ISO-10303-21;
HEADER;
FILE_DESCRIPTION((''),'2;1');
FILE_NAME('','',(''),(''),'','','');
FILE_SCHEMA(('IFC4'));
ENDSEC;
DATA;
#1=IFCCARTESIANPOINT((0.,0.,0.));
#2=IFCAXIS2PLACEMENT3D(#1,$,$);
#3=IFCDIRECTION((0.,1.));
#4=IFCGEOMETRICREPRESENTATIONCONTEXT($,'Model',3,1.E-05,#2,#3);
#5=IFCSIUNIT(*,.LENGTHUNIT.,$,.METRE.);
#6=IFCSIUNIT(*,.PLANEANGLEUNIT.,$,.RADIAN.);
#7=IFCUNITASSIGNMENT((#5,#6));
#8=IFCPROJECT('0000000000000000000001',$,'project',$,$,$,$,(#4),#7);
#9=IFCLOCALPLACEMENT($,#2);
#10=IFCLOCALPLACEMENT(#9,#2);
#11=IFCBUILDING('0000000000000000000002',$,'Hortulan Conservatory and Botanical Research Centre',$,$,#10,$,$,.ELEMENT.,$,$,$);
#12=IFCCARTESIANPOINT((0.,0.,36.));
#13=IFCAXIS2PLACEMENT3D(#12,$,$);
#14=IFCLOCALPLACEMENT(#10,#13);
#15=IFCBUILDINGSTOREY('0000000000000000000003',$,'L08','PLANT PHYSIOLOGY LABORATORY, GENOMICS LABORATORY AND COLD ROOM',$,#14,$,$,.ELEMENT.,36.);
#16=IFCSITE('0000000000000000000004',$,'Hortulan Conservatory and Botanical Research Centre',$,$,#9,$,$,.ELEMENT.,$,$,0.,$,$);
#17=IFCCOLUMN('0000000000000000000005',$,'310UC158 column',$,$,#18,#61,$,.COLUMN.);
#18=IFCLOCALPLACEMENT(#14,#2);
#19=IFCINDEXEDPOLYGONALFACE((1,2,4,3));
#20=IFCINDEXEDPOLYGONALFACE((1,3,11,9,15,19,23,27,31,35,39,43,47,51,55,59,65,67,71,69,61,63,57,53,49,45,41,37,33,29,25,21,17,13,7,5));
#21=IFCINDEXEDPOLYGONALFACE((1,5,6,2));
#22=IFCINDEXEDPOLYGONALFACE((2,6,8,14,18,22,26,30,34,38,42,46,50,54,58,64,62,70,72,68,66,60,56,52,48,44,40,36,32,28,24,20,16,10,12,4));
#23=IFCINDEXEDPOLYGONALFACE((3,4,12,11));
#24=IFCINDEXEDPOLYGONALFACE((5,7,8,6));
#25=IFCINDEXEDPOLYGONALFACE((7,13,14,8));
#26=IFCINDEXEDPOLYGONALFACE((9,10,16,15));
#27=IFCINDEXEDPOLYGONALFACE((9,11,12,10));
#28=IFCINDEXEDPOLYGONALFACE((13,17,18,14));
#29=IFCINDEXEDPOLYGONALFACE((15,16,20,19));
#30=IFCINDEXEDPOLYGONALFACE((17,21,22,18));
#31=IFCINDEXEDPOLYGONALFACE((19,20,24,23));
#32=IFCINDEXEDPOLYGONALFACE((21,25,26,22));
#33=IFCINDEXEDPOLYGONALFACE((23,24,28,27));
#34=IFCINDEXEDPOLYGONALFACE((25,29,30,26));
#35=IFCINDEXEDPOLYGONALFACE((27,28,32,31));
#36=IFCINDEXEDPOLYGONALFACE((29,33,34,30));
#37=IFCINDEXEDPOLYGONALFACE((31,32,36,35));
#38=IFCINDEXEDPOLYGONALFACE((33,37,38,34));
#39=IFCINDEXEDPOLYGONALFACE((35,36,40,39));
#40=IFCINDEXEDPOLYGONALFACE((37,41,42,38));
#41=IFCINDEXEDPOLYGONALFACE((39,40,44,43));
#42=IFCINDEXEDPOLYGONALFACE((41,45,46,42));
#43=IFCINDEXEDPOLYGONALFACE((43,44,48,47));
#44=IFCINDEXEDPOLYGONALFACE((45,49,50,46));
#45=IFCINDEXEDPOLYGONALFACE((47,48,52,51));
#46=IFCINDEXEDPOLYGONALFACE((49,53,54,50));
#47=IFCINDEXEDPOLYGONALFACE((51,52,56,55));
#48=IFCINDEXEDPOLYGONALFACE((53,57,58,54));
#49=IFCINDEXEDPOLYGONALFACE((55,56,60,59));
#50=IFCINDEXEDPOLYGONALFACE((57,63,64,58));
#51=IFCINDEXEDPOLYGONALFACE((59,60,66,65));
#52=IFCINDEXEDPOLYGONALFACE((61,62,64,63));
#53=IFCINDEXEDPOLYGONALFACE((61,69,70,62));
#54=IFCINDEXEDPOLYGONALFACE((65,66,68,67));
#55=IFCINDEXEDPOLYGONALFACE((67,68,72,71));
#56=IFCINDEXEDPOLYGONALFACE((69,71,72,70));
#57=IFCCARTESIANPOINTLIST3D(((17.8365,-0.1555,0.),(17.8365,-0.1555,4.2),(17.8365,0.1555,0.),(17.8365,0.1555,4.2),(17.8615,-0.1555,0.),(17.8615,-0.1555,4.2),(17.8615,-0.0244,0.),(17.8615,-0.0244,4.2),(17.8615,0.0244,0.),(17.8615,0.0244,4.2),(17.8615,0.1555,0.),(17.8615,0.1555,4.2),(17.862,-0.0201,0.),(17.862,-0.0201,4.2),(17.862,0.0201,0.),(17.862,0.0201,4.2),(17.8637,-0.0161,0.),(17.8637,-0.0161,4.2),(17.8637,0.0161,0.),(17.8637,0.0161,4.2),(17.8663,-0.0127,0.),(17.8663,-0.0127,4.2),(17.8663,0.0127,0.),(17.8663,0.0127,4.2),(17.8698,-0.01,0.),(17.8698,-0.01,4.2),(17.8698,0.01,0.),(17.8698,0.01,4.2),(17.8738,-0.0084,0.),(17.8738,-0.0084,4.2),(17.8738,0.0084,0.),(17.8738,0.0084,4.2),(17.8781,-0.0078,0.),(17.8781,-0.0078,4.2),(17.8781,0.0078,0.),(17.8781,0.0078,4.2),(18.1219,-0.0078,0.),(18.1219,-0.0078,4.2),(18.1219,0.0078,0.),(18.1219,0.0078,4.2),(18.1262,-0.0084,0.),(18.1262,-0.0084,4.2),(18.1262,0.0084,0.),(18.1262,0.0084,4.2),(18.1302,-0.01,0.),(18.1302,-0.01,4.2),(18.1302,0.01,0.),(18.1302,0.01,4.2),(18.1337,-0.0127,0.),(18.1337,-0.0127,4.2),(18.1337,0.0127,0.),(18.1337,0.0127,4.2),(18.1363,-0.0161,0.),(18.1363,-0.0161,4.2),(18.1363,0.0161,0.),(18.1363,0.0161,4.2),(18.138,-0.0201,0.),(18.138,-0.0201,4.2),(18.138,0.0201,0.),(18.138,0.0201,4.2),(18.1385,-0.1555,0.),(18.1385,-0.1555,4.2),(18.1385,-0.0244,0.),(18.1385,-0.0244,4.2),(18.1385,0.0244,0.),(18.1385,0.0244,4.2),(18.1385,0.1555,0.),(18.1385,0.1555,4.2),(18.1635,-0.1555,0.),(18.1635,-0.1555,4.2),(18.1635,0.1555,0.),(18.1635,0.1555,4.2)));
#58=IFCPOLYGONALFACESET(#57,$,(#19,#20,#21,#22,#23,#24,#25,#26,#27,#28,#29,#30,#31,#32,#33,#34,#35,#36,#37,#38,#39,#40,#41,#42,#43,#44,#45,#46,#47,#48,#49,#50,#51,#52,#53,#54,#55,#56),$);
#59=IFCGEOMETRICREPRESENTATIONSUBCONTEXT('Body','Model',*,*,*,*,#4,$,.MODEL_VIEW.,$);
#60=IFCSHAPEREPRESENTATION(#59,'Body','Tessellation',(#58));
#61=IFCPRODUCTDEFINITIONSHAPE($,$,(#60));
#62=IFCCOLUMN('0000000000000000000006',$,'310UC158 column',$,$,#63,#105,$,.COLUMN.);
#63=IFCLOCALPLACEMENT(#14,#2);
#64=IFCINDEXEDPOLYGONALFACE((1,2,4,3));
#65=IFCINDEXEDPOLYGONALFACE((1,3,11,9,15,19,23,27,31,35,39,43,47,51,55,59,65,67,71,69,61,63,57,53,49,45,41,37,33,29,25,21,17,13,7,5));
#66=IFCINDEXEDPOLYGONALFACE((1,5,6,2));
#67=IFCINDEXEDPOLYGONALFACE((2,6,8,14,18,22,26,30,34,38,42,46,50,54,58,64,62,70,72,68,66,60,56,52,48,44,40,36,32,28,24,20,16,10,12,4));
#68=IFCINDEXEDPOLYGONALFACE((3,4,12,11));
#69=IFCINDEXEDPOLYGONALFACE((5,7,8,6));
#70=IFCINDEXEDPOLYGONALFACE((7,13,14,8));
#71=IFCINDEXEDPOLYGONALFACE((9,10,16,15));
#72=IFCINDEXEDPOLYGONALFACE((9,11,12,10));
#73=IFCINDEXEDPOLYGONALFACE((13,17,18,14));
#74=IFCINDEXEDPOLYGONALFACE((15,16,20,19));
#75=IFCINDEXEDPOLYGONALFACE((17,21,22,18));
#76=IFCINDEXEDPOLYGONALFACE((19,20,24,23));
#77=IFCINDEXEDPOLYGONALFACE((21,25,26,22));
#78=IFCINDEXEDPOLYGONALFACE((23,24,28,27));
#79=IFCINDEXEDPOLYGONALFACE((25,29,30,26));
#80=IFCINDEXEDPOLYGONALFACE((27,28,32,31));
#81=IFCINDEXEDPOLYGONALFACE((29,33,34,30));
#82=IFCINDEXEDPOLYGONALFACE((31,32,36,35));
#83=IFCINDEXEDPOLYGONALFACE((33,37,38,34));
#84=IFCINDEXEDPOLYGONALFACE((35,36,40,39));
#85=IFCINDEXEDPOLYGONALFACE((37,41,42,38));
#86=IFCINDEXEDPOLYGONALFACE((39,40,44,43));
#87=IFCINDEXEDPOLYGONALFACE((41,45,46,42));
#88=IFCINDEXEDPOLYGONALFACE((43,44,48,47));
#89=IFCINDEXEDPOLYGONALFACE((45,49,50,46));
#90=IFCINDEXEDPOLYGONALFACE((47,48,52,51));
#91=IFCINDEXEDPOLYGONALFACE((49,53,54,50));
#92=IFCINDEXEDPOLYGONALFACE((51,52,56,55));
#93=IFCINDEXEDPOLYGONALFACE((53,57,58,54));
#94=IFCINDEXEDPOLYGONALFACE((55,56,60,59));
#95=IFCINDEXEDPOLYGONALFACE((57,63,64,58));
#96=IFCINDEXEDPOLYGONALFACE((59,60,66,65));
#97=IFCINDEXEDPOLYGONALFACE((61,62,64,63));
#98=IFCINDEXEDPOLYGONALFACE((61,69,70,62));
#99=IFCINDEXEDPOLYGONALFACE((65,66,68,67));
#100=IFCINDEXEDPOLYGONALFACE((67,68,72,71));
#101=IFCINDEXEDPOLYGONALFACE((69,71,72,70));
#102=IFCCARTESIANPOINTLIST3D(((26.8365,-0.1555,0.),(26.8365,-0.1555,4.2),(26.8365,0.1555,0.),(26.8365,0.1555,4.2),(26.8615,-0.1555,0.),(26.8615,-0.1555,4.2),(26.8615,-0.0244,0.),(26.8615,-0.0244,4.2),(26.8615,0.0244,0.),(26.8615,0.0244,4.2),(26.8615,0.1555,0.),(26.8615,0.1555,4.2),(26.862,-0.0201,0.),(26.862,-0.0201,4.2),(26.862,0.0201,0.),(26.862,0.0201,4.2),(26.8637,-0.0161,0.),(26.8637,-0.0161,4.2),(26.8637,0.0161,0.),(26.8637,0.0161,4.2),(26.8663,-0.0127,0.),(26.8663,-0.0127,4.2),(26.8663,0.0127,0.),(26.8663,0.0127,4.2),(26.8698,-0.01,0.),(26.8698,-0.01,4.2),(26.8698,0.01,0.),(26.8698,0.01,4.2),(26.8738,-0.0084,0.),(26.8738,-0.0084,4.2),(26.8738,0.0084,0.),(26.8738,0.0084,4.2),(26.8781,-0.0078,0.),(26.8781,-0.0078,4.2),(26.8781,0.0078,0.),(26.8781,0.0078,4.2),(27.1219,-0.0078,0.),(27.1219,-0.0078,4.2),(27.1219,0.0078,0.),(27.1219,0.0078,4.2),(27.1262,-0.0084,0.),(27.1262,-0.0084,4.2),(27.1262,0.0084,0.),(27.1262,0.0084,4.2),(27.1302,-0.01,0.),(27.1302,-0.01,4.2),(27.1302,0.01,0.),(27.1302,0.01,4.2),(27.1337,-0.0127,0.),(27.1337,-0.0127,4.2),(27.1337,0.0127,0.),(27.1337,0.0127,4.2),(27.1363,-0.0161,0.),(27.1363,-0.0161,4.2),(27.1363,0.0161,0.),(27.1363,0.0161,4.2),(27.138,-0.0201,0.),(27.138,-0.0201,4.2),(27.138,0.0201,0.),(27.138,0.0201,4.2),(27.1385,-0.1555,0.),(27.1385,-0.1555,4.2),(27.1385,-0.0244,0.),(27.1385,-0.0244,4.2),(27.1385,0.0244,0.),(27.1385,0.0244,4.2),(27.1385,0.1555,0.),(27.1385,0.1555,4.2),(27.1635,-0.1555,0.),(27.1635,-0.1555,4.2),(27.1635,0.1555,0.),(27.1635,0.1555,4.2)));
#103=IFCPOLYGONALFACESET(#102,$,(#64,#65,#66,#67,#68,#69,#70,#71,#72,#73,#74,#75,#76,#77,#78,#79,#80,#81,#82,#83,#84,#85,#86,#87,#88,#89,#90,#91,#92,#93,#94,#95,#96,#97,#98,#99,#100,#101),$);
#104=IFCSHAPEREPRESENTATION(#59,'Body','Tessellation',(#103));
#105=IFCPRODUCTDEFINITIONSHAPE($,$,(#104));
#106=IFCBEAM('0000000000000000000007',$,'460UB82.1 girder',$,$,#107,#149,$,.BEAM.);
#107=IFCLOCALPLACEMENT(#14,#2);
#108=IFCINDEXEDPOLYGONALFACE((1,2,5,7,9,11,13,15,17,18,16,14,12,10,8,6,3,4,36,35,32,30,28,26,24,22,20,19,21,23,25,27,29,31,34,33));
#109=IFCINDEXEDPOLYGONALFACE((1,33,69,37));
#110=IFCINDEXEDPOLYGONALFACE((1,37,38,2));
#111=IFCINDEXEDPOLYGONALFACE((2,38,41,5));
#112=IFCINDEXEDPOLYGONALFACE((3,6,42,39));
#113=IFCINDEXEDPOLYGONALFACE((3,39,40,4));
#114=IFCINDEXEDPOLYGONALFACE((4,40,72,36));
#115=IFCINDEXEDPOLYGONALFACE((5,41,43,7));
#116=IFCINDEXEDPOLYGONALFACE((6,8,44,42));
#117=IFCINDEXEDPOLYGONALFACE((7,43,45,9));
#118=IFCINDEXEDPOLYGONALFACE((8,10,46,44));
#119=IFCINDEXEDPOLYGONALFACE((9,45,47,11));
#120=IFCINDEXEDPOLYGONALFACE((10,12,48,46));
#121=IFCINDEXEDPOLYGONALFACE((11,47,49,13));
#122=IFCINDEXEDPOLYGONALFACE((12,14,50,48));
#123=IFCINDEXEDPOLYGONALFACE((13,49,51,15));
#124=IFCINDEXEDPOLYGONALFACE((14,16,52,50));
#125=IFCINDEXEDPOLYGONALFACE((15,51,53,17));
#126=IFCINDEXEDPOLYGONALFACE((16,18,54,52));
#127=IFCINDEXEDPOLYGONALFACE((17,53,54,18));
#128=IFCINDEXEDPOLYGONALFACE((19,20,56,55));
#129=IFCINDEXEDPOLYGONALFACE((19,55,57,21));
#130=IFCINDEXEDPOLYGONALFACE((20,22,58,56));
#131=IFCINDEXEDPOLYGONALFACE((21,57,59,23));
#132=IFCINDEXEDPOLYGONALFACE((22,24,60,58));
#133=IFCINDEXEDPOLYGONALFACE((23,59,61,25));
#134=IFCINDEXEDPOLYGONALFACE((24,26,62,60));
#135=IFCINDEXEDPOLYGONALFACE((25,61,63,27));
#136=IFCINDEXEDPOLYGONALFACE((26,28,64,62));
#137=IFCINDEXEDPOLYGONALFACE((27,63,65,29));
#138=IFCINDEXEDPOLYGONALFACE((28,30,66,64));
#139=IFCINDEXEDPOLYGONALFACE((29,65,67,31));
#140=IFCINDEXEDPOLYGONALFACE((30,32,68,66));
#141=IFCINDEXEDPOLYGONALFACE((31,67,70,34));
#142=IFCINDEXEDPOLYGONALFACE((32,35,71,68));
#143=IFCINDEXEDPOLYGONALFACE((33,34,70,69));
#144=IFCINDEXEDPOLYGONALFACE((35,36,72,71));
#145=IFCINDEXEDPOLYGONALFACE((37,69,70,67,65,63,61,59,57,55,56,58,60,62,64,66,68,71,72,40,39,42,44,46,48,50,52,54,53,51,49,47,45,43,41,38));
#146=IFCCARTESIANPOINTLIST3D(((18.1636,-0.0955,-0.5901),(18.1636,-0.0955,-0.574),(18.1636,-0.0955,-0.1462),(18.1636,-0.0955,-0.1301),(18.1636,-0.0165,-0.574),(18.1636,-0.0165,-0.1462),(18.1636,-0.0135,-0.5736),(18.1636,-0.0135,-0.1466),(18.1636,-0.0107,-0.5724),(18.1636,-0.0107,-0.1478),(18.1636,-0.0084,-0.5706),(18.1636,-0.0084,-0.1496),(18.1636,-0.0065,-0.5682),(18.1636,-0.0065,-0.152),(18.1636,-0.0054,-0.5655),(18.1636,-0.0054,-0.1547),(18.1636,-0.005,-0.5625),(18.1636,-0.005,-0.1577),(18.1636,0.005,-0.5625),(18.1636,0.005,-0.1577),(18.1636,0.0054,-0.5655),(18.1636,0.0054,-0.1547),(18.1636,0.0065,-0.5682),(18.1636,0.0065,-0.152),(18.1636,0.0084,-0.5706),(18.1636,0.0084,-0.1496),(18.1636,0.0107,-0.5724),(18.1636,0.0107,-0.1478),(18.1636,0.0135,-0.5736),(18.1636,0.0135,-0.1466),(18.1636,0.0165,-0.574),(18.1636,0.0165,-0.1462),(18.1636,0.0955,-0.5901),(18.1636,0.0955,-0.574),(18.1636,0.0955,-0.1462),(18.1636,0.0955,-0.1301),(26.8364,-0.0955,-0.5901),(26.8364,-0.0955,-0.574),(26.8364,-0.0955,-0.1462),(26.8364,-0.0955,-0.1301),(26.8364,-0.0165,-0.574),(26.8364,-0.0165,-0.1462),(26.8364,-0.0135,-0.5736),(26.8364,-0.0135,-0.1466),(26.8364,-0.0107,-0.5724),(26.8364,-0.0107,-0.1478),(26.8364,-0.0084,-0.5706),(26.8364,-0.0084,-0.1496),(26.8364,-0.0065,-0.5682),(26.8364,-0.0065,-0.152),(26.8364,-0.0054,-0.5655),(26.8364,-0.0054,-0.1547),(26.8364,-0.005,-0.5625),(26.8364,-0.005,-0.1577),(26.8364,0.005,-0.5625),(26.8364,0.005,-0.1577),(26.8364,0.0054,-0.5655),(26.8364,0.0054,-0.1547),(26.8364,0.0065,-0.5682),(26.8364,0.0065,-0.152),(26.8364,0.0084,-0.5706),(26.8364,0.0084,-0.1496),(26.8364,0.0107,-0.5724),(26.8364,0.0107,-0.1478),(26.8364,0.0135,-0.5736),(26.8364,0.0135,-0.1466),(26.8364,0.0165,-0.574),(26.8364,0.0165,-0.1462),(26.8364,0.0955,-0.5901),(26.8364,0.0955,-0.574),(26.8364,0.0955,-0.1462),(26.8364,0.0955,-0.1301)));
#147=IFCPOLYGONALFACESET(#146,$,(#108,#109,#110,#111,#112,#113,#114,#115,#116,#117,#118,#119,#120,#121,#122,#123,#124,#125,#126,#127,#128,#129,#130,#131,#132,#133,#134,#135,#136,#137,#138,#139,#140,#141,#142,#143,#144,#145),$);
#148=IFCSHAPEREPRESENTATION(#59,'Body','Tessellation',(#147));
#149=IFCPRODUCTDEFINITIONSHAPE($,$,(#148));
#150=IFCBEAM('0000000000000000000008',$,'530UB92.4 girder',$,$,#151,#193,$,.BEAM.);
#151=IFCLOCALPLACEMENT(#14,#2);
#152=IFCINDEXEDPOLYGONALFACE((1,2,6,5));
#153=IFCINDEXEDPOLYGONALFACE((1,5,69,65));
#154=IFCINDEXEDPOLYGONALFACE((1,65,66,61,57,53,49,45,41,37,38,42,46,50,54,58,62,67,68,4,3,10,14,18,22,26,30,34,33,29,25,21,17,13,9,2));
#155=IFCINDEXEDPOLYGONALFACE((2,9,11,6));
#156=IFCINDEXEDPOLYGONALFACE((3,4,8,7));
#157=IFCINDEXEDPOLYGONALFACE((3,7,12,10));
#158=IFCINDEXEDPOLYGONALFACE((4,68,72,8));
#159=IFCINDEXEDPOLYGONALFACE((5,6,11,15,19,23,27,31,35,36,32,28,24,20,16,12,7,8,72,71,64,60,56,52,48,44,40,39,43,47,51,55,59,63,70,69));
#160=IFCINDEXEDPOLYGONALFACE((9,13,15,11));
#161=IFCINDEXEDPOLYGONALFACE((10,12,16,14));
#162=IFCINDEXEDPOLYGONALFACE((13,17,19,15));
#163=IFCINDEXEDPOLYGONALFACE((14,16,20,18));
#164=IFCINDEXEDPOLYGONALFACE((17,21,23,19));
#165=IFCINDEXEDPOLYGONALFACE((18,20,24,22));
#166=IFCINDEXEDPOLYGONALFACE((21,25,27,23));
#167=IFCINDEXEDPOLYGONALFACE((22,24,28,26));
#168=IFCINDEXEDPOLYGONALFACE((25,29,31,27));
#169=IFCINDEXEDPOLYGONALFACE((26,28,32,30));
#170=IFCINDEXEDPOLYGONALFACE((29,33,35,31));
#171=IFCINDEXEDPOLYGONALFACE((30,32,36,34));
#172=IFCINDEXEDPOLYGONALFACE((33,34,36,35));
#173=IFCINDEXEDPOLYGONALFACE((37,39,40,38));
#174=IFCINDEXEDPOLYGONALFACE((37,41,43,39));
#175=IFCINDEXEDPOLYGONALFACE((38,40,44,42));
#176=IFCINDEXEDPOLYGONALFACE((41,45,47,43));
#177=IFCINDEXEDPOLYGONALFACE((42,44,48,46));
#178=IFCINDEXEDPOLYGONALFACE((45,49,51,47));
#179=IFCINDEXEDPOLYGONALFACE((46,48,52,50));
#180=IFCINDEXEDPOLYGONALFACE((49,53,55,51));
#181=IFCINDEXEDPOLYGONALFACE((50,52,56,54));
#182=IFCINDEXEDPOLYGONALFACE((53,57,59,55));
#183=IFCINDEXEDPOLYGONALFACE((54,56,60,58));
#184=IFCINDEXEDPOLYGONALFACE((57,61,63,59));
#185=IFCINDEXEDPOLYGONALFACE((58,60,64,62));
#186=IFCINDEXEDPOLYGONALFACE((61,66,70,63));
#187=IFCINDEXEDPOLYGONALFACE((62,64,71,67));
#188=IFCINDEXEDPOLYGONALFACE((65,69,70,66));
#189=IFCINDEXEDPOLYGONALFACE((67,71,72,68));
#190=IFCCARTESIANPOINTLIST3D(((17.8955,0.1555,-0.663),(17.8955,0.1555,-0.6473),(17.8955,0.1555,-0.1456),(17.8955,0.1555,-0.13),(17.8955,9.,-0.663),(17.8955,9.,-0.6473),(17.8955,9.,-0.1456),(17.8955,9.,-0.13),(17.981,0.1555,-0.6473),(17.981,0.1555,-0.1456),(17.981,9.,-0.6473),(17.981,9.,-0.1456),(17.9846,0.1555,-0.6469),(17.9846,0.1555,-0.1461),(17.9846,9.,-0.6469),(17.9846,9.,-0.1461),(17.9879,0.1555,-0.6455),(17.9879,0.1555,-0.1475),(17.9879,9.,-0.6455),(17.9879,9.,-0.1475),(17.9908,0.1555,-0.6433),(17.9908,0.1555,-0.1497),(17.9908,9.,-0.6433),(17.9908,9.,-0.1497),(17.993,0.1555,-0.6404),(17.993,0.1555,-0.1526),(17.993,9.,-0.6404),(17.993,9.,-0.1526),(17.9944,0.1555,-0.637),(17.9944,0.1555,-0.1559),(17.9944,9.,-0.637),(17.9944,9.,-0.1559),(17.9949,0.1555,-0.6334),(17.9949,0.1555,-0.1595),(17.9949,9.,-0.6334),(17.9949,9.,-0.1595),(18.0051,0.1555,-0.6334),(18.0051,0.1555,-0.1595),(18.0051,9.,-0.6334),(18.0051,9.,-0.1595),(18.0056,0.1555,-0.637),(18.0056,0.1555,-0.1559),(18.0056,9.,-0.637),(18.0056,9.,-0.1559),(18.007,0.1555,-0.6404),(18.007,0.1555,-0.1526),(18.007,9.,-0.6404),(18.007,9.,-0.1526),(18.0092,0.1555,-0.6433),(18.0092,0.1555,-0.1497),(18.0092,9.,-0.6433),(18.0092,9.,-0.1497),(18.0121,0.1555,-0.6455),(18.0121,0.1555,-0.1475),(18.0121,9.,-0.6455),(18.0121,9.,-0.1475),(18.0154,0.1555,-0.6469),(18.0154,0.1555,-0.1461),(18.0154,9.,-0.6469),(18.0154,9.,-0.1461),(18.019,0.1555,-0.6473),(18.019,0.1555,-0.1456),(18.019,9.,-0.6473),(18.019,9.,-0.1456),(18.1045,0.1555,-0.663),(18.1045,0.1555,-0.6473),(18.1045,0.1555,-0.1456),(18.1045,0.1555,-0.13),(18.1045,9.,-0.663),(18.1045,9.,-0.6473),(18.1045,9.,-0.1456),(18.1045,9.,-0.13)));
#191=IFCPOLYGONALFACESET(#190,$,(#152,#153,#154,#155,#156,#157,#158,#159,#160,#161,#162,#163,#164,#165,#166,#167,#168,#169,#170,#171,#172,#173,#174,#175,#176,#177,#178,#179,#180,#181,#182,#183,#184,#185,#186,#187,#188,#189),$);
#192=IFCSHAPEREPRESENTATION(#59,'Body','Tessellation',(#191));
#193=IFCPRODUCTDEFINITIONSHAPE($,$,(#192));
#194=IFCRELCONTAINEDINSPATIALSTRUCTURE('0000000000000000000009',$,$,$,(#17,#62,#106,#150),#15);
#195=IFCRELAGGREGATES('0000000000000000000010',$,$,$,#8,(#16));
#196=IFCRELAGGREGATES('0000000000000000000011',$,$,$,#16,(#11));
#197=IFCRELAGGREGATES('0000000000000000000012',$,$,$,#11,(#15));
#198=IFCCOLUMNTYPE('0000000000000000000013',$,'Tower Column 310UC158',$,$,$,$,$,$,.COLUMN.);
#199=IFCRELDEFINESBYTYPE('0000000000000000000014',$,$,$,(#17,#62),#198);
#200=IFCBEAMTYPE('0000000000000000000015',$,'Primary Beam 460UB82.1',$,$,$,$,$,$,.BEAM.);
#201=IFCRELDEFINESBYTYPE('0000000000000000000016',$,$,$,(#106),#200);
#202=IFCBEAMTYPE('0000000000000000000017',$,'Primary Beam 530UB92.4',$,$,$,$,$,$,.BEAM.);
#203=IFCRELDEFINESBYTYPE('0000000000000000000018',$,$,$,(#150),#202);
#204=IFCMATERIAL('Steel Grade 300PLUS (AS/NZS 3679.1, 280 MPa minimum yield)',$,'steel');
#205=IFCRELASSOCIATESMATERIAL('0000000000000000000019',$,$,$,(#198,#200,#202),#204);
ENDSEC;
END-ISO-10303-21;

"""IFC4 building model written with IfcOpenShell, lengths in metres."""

from ifc_helpers import new_model, si_unit, direction, frame, origin, origin_2d, place, context, subcontext, project, spatial, i_section, extrude, material, material_profile, profile_set, type_object, element, save


model = new_model("IFC4")

# Units and contexts
model_context = context("Model", 3, precision=1e-05, world=origin(), true_north=direction((0.0, 1.0)))
body_context = subcontext(model_context, "Body", "Model", "MODEL_VIEW")
ifc_project = project(units=[si_unit("LENGTHUNIT", "METRE"), si_unit("PLANEANGLEUNIT", "RADIAN")], contexts=[model_context])

# Site, building, storey
site_placement = place(None, origin())
site = spatial("IfcSite", under=ifc_project, at=site_placement, Name="Hortulan Conservatory and Botanical Research Centre", CompositionType="ELEMENT", RefElevation=0.0)
building_placement = place(site_placement, origin())
building = spatial("IfcBuilding", under=site, at=building_placement, Name="Hortulan Conservatory and Botanical Research Centre", CompositionType="ELEMENT")
storey_placement = place(building_placement, frame((0.0, 0.0, 36.0)))
storey = spatial("IfcBuildingStorey", under=building, at=storey_placement, Name="L08", Description="PLANT PHYSIOLOGY LABORATORY, GENOMICS LABORATORY AND COLD ROOM", CompositionType="ELEMENT", Elevation=36.0)

# Columns
ifc_material_1 = material(Name="Steel Grade 300PLUS (AS/NZS 3679.1, 280 MPa minimum yield)", Category="steel")
ifc_material_profile_1 = material_profile(ifc_material_1, i_section(OverallWidth=0.311, OverallDepth=0.3269, WebThickness=0.0156, FlangeThickness=0.0249, FilletRadius=0.0166, at=origin_2d()), Name="310UC158")
ifc_profile_set_1 = profile_set([ifc_material_profile_1], Name="Steel Grade 300PLUS (AS/NZS 3679.1, 280 MPa minimum yield)")
column_type = type_object("IfcColumnType", Name="Tower Column 310UC158", PredefinedType="COLUMN", material=ifc_profile_set_1)
for number, where, z_axis, x_axis, name in (
    (1, (18.0, 0.0, 0.0), (0.0, 0.0, 1.0), (0.0, 1.0, 0.0), "310UC158 column"),
    (2, (27.0, 0.0, 0.0), (0.0, 0.0, 1.0), (0.0, 1.0, 0.0), "310UC158 column"),
):
    element("IfcColumn", number, at=place(storey_placement, frame(where, z_axis=z_axis, x_axis=x_axis)), inside=storey, type_object=column_type, Name=name, PredefinedType="COLUMN", context=body_context, shape_type="SweptSolid", body=[
        extrude(i_section(OverallWidth=0.311, OverallDepth=0.3269, WebThickness=0.0156, FlangeThickness=0.0249, FilletRadius=0.0166, at=origin_2d()), origin(), (0.0, 0.0, 1.0), 4.2),
    ])

# Beams
ifc_material_profile_2 = material_profile(ifc_material_1, i_section(OverallWidth=0.1909, OverallDepth=0.46, WebThickness=0.01, FlangeThickness=0.0161, FilletRadius=0.0115, at=origin_2d()), Name="460UB82.1")
ifc_profile_set_2 = profile_set([ifc_material_profile_2], Name="Steel Grade 300PLUS (AS/NZS 3679.1, 280 MPa minimum yield)")
beam_type_1 = type_object("IfcBeamType", Name="Primary Beam 460UB82.1", PredefinedType="BEAM", material=ifc_profile_set_2)
beam_1_placement = place(storey_placement, frame((18.1636, 0.0, -0.3601), z_axis=(1.0, 0.0, 0.0), x_axis=(0.0, 1.0, 0.0)))
element("IfcBeam", 3, at=beam_1_placement, inside=storey, type_object=beam_type_1, Name="460UB82.1 girder", PredefinedType="BEAM", context=body_context, shape_type="SweptSolid", body=[
    extrude(i_section(OverallWidth=0.1909, OverallDepth=0.46, WebThickness=0.01, FlangeThickness=0.0161, FilletRadius=0.0115, at=origin_2d()), origin(), (0.0, 0.0, 1.0), 8.6729),
])
ifc_material_profile_3 = material_profile(ifc_material_1, i_section(OverallWidth=0.209, OverallDepth=0.533, WebThickness=0.0103, FlangeThickness=0.0156, FilletRadius=0.0139, at=origin_2d()), Name="530UB92.4")
ifc_profile_set_3 = profile_set([ifc_material_profile_3], Name="Steel Grade 300PLUS (AS/NZS 3679.1, 280 MPa minimum yield)")
beam_type_2 = type_object("IfcBeamType", Name="Primary Beam 530UB92.4", PredefinedType="BEAM", material=ifc_profile_set_3)
beam_2_placement = place(storey_placement, frame((18.0, 0.1555, -0.3965), z_axis=(0.0, 1.0, 0.0), x_axis=(-1.0, 0.0, 0.0)))
element("IfcBeam", 4, at=beam_2_placement, inside=storey, type_object=beam_type_2, Name="530UB92.4 girder", PredefinedType="BEAM", context=body_context, shape_type="SweptSolid", body=[
    extrude(i_section(OverallWidth=0.209, OverallDepth=0.533, WebThickness=0.0103, FlangeThickness=0.0156, FilletRadius=0.0139, at=origin_2d()), origin(), (0.0, 0.0, 1.0), 8.8445),
])

save(model, "model.ifc")
